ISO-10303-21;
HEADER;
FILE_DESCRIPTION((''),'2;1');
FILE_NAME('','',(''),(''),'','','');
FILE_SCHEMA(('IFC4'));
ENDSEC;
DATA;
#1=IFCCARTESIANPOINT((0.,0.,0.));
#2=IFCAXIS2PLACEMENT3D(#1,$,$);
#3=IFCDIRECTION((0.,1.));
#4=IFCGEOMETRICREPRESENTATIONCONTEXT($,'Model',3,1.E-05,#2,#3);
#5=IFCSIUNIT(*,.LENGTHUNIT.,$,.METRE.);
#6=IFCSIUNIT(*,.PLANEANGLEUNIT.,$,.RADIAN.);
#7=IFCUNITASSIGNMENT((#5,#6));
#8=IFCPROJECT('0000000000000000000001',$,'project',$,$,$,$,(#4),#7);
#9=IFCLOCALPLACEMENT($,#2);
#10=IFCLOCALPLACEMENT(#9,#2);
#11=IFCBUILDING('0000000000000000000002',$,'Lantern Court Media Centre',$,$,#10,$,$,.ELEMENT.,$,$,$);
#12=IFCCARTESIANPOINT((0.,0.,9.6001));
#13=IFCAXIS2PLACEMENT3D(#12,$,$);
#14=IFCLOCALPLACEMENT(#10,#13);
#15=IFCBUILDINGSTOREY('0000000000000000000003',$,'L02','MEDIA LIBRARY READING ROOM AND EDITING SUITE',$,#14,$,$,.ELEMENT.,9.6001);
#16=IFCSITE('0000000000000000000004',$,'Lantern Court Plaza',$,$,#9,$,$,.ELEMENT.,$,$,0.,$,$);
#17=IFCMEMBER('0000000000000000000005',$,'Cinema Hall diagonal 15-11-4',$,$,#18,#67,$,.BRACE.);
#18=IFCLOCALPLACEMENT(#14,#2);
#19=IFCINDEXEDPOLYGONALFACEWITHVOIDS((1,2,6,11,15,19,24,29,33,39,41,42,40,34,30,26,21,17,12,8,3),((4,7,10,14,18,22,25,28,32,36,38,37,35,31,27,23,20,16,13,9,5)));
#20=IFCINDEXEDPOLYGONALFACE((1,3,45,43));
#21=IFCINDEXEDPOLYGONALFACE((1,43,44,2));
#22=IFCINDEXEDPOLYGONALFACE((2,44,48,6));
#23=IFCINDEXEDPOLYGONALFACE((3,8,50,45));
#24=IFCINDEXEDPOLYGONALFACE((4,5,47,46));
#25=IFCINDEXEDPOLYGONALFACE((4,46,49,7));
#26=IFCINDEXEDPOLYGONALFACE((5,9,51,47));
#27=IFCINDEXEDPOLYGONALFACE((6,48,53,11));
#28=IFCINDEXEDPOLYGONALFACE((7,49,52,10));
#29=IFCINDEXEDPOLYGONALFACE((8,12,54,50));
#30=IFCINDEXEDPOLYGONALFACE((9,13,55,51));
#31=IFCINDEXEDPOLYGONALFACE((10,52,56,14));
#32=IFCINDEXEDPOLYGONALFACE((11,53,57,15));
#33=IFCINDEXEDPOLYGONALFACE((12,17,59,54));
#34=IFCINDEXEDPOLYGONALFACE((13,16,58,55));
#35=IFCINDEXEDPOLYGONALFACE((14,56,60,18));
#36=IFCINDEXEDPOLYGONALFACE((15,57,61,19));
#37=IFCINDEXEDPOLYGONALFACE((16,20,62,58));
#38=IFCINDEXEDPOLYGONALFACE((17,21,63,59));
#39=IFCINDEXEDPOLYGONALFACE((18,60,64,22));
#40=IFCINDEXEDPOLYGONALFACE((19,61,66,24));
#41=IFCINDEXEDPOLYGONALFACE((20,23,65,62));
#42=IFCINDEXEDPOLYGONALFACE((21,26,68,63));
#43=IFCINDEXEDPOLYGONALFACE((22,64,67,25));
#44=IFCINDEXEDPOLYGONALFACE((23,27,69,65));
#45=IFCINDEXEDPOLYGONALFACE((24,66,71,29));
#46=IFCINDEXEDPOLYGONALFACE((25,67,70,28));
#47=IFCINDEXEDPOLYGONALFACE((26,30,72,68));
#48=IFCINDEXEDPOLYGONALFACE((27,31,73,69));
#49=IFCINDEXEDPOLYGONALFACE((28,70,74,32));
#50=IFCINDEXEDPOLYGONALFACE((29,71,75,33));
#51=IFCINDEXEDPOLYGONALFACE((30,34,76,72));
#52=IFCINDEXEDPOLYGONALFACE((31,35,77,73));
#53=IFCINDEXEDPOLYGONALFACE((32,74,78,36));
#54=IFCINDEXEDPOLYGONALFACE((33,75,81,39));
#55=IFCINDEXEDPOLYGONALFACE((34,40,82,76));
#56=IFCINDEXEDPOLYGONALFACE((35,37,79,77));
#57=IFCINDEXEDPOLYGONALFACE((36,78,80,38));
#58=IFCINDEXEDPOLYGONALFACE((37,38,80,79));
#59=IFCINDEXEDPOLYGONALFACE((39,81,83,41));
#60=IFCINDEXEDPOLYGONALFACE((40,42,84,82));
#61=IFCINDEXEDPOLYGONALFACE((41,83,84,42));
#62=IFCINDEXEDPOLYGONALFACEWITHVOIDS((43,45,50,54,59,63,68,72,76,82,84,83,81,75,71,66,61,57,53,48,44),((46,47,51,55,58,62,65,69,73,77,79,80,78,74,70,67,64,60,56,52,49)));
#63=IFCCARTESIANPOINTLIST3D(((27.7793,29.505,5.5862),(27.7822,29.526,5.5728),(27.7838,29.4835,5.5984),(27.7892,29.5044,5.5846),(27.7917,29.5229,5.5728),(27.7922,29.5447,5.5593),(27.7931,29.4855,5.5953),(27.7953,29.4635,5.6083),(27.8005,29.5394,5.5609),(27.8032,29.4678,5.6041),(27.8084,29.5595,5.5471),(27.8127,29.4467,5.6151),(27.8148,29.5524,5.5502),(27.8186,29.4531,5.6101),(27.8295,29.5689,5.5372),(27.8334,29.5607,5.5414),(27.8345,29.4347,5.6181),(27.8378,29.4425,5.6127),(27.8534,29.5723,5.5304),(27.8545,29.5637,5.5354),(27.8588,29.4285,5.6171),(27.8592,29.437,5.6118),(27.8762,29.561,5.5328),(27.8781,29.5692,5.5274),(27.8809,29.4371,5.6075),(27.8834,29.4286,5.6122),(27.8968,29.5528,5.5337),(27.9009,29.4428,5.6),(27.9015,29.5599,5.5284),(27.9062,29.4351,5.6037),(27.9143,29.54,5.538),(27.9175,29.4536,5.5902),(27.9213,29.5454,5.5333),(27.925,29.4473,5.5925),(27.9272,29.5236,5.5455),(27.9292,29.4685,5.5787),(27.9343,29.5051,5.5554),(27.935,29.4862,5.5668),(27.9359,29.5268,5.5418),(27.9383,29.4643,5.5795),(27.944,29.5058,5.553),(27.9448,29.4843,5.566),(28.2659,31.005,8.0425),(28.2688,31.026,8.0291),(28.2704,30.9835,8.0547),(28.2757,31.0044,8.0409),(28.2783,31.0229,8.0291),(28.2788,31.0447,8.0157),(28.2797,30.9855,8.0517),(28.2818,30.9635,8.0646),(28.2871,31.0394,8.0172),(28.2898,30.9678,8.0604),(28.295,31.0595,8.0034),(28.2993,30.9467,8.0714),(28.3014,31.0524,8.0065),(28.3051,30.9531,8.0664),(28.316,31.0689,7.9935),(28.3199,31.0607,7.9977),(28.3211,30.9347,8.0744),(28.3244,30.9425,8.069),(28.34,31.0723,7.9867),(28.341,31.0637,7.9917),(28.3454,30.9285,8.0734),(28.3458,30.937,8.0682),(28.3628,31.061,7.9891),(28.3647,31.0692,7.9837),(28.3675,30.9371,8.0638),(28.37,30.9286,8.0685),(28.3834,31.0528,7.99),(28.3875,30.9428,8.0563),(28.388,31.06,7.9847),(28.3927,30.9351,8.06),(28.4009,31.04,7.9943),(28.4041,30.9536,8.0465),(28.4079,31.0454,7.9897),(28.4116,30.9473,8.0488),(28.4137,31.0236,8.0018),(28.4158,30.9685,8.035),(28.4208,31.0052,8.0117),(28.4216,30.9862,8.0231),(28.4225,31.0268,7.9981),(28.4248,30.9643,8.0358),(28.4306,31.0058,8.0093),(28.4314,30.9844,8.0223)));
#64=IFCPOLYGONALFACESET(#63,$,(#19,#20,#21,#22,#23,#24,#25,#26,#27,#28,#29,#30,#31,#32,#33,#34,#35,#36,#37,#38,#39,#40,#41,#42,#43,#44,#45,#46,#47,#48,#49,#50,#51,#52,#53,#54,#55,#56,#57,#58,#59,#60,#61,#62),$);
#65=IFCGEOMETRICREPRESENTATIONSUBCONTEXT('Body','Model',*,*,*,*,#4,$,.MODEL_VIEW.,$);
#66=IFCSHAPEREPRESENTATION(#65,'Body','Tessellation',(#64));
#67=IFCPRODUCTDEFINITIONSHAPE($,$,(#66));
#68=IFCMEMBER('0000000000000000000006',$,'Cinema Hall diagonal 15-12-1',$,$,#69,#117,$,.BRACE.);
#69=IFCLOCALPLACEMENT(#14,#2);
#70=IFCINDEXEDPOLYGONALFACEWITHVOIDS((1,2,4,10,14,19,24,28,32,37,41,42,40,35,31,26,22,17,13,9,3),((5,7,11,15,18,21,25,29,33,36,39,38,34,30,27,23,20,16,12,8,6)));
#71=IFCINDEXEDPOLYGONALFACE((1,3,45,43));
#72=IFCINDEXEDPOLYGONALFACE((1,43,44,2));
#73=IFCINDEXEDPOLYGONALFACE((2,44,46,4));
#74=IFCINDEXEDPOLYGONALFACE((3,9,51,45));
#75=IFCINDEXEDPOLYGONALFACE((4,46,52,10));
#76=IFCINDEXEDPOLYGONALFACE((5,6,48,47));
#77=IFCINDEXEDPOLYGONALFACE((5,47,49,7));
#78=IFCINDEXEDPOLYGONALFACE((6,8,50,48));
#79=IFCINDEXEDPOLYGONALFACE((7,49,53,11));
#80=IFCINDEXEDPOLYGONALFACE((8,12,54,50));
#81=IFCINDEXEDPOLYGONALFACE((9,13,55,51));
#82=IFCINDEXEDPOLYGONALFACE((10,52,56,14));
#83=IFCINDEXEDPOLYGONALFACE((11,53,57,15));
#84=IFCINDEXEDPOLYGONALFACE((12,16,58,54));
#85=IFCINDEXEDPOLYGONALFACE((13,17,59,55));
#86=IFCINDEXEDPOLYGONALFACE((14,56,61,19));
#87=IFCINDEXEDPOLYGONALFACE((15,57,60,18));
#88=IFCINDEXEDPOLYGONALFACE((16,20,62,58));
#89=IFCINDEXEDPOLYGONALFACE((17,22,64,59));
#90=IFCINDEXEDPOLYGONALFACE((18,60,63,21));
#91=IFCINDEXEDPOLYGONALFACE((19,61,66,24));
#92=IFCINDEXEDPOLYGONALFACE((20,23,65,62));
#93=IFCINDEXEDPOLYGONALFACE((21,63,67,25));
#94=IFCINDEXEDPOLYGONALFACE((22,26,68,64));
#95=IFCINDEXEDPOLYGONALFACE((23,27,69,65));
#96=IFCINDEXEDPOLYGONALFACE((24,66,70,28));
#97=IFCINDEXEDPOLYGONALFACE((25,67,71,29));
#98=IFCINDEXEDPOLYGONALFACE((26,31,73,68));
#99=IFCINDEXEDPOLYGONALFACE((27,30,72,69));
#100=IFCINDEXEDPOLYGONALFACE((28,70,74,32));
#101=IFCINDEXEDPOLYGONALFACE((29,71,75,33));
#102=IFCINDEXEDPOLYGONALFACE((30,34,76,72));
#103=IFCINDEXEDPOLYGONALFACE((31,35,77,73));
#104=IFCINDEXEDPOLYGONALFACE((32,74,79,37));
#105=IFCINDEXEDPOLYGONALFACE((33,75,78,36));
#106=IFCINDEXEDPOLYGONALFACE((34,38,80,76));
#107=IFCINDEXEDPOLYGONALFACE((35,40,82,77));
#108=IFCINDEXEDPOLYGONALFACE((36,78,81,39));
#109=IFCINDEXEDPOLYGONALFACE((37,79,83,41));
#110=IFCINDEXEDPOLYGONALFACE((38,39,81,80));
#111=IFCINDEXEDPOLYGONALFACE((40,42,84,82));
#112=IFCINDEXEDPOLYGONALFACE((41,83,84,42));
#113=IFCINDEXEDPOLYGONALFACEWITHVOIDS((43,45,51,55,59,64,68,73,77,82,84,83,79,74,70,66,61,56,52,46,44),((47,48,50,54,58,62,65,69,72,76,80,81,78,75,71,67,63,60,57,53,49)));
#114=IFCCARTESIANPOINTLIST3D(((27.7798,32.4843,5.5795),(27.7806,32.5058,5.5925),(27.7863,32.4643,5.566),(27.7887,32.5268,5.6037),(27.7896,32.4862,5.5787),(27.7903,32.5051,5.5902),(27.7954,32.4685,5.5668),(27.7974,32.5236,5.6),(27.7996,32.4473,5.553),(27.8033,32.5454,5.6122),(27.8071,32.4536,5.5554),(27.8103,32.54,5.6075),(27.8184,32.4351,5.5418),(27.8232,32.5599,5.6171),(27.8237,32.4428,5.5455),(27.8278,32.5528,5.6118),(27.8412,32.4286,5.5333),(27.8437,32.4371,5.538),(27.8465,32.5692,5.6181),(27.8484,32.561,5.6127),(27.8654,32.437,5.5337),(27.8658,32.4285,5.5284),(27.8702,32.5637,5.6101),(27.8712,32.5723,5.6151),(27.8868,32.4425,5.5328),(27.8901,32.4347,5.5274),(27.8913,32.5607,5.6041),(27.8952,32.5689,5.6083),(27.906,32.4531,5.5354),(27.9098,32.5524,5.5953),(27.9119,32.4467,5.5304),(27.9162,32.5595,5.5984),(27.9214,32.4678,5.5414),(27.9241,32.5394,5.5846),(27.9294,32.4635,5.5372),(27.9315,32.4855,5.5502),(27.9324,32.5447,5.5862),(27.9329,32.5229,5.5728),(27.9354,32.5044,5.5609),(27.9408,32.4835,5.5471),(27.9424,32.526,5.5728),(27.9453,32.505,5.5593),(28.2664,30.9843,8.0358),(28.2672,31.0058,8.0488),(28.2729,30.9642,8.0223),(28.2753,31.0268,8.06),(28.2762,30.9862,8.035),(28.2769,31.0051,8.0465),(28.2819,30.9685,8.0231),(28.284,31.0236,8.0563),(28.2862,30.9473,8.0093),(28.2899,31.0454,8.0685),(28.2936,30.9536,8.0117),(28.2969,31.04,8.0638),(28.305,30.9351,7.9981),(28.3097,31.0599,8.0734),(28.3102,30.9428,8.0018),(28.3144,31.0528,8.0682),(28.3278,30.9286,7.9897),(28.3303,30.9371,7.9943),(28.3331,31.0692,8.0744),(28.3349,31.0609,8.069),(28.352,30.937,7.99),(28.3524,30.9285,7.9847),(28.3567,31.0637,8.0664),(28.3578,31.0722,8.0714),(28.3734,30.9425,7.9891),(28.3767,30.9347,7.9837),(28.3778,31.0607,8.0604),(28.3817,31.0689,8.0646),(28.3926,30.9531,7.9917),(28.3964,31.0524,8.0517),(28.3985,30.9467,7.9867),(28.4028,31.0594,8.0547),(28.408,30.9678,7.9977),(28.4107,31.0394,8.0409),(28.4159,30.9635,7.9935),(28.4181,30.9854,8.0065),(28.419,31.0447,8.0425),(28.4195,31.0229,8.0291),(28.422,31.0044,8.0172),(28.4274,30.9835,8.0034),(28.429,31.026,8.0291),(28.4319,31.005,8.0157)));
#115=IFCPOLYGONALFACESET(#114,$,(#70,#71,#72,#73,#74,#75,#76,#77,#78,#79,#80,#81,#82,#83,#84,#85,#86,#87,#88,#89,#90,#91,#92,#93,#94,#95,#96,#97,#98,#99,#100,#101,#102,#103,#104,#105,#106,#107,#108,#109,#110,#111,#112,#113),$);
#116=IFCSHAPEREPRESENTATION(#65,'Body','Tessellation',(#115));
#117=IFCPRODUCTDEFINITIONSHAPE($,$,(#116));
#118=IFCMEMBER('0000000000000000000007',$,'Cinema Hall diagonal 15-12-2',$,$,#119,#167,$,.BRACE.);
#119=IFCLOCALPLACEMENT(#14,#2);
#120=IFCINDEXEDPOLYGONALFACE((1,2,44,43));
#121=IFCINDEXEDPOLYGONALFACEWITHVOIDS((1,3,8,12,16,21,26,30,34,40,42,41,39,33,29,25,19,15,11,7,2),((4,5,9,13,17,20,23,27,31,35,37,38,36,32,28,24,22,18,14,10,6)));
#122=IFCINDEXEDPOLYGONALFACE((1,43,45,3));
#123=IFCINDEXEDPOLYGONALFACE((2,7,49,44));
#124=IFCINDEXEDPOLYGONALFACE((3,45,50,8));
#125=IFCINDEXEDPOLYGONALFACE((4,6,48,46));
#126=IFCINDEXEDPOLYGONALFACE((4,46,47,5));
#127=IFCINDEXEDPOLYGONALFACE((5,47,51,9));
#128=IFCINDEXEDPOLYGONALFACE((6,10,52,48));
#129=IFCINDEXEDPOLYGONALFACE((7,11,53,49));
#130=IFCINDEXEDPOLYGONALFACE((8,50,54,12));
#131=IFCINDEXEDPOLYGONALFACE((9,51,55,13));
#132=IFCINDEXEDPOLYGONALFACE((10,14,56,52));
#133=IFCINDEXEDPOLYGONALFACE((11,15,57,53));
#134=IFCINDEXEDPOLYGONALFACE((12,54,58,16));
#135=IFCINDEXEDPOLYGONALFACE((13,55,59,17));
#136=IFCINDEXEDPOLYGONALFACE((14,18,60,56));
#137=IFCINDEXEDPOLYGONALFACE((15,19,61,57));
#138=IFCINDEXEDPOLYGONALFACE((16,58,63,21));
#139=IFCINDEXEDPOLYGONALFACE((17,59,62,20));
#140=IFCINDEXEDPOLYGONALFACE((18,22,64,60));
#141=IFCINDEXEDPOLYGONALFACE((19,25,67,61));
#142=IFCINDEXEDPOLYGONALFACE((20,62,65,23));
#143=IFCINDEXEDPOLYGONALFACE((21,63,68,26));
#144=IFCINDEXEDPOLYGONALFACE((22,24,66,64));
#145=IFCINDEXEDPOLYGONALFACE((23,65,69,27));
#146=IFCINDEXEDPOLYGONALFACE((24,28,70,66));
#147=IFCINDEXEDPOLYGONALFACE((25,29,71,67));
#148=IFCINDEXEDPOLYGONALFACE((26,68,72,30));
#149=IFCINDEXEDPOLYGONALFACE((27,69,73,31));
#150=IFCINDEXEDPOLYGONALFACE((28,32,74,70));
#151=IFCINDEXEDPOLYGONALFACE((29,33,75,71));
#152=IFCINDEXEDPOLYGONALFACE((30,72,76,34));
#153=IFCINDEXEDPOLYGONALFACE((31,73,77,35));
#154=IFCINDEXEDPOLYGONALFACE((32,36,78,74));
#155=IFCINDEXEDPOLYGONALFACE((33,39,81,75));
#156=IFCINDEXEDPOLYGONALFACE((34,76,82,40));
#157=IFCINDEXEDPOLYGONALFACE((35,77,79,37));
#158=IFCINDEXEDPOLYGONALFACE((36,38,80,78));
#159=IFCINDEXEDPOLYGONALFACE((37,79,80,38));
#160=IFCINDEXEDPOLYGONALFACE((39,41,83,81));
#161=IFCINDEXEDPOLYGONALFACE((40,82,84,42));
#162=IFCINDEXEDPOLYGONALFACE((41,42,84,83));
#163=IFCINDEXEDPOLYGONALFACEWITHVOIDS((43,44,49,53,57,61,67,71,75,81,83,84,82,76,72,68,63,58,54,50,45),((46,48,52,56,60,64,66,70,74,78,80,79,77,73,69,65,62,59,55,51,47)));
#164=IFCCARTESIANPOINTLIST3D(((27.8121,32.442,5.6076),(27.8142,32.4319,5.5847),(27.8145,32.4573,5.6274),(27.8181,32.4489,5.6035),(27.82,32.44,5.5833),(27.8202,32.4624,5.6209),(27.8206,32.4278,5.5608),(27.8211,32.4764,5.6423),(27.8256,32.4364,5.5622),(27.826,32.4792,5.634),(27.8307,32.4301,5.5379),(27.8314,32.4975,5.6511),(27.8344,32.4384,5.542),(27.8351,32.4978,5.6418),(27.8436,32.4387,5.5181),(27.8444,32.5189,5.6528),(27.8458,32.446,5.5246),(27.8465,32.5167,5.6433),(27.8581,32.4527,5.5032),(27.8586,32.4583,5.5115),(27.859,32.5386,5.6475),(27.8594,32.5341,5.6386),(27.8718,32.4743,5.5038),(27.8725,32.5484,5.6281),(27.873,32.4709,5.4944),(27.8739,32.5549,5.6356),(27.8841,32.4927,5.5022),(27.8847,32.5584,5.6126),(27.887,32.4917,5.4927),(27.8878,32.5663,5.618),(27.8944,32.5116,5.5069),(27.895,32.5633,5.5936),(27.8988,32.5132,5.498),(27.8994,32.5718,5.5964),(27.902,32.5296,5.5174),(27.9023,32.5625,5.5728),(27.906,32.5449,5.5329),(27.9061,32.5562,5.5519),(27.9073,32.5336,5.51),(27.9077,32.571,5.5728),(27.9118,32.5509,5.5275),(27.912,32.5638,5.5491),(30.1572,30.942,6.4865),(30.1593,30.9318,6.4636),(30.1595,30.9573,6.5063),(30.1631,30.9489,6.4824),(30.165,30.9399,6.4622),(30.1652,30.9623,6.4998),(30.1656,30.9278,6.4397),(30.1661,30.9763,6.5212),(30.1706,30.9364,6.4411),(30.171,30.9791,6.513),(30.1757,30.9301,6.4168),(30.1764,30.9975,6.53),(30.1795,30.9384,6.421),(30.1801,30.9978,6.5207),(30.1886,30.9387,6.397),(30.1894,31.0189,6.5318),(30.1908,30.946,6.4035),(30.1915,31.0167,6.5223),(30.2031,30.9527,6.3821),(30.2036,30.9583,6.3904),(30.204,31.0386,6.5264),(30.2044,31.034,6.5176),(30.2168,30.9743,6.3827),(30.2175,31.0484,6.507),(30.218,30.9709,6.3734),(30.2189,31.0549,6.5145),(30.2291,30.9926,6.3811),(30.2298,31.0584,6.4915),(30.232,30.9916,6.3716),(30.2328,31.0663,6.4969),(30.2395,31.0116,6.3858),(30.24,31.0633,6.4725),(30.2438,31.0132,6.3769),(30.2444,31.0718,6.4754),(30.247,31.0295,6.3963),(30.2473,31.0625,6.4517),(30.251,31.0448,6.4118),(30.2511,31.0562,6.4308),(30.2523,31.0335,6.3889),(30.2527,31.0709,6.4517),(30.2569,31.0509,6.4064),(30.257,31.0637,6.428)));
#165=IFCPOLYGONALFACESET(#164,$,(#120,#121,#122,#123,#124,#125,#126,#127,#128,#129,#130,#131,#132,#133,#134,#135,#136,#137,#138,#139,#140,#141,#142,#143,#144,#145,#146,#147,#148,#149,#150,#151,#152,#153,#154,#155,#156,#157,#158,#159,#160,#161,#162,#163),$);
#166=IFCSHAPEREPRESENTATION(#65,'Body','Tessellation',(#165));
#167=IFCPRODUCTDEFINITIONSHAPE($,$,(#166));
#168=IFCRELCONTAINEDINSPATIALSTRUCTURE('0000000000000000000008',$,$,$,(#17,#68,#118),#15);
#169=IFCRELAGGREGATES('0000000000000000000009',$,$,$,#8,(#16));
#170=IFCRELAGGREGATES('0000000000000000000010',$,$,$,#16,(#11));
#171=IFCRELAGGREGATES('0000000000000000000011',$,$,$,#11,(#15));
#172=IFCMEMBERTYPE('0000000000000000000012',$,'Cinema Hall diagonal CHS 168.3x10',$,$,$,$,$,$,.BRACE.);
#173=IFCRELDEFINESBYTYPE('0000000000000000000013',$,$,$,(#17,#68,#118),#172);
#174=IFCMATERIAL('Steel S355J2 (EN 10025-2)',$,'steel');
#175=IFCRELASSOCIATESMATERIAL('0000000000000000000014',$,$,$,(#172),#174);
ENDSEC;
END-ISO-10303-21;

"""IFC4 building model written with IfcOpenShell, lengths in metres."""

from ifc_helpers import new_model, si_unit, direction, frame, origin, origin_2d, place, context, subcontext, project, spatial, hollow_circle, extrude, material, material_profile, profile_set, type_object, element, save


model = new_model("IFC4")

# Units and contexts
model_context = context("Model", 3, precision=1e-05, world=origin(), true_north=direction((0.0, 1.0)))
body_context = subcontext(model_context, "Body", "Model", "MODEL_VIEW")
ifc_project = project(units=[si_unit("LENGTHUNIT", "METRE"), si_unit("PLANEANGLEUNIT", "RADIAN")], contexts=[model_context])

# Site, building, storey
site_placement = place(None, origin())
site = spatial("IfcSite", under=ifc_project, at=site_placement, Name="Lantern Court Plaza", CompositionType="ELEMENT", RefElevation=0.0)
building_placement = place(site_placement, origin())
building = spatial("IfcBuilding", under=site, at=building_placement, Name="Lantern Court Media Centre", CompositionType="ELEMENT")
storey_placement = place(building_placement, frame((0.0, 0.0, 9.6001)))
storey = spatial("IfcBuildingStorey", under=building, at=storey_placement, Name="L02", Description="MEDIA LIBRARY READING ROOM AND EDITING SUITE", CompositionType="ELEMENT", Elevation=9.6001)

# Members
ifc_material = material(Name="Steel S355J2 (EN 10025-2)", Category="steel")
ifc_material_profile_1 = material_profile(ifc_material, hollow_circle(Radius=0.0842, WallThickness=0.01, at=origin_2d()), Name="Cinema Hall diagonal CHS 168.3x10")
ifc_profile_set_1 = profile_set([ifc_material_profile_1], Name="Steel S355J2 (EN 10025-2)")
member_type_1 = type_object("IfcMemberType", Name="Cinema Hall diagonal CHS 168.3x10", PredefinedType="BRACE", material=ifc_profile_set_1)
for number, where, z_axis, x_axis, name in (
    (1, (27.8623, 29.5, 5.5728), (0.166695, 0.513887, 0.841506), (-0.951207, 0.308554, 0.0), "Cinema Hall diagonal 15-11-4"),
    (2, (27.8623, 32.5, 5.5728), (0.166695, -0.513887, 0.841506), (0.951207, 0.308554, 0.0), "Cinema Hall diagonal 15-12-1"),
):
    element("IfcMember", number, at=place(storey_placement, frame(where, z_axis=z_axis, x_axis=x_axis)), inside=storey, type_object=member_type_1, Name=name, PredefinedType="BRACE", context=body_context, shape_type="SweptSolid", body=[
        extrude(hollow_circle(Radius=0.0842, WallThickness=0.01, at=origin_2d()), origin(), (0.0, 0.0, 1.0), 2.9189),
    ])
for number, where, z_axis, x_axis, name in (
    (3, (27.8623, 32.5, 5.5728), (0.803309, -0.51385, 0.301084), (0.538855, 0.842399, 0.0), "Cinema Hall diagonal 15-12-2"),
):
    element("IfcMember", number, at=place(storey_placement, frame(where, z_axis=z_axis, x_axis=x_axis)), inside=storey, type_object=member_type_1, Name=name, PredefinedType="BRACE", context=body_context, shape_type="SweptSolid", body=[
        extrude(hollow_circle(Radius=0.0842, WallThickness=0.01, at=origin_2d()), origin(), (0.0, 0.0, 1.0), 2.9192),
    ])

save(model, "model.ifc")
